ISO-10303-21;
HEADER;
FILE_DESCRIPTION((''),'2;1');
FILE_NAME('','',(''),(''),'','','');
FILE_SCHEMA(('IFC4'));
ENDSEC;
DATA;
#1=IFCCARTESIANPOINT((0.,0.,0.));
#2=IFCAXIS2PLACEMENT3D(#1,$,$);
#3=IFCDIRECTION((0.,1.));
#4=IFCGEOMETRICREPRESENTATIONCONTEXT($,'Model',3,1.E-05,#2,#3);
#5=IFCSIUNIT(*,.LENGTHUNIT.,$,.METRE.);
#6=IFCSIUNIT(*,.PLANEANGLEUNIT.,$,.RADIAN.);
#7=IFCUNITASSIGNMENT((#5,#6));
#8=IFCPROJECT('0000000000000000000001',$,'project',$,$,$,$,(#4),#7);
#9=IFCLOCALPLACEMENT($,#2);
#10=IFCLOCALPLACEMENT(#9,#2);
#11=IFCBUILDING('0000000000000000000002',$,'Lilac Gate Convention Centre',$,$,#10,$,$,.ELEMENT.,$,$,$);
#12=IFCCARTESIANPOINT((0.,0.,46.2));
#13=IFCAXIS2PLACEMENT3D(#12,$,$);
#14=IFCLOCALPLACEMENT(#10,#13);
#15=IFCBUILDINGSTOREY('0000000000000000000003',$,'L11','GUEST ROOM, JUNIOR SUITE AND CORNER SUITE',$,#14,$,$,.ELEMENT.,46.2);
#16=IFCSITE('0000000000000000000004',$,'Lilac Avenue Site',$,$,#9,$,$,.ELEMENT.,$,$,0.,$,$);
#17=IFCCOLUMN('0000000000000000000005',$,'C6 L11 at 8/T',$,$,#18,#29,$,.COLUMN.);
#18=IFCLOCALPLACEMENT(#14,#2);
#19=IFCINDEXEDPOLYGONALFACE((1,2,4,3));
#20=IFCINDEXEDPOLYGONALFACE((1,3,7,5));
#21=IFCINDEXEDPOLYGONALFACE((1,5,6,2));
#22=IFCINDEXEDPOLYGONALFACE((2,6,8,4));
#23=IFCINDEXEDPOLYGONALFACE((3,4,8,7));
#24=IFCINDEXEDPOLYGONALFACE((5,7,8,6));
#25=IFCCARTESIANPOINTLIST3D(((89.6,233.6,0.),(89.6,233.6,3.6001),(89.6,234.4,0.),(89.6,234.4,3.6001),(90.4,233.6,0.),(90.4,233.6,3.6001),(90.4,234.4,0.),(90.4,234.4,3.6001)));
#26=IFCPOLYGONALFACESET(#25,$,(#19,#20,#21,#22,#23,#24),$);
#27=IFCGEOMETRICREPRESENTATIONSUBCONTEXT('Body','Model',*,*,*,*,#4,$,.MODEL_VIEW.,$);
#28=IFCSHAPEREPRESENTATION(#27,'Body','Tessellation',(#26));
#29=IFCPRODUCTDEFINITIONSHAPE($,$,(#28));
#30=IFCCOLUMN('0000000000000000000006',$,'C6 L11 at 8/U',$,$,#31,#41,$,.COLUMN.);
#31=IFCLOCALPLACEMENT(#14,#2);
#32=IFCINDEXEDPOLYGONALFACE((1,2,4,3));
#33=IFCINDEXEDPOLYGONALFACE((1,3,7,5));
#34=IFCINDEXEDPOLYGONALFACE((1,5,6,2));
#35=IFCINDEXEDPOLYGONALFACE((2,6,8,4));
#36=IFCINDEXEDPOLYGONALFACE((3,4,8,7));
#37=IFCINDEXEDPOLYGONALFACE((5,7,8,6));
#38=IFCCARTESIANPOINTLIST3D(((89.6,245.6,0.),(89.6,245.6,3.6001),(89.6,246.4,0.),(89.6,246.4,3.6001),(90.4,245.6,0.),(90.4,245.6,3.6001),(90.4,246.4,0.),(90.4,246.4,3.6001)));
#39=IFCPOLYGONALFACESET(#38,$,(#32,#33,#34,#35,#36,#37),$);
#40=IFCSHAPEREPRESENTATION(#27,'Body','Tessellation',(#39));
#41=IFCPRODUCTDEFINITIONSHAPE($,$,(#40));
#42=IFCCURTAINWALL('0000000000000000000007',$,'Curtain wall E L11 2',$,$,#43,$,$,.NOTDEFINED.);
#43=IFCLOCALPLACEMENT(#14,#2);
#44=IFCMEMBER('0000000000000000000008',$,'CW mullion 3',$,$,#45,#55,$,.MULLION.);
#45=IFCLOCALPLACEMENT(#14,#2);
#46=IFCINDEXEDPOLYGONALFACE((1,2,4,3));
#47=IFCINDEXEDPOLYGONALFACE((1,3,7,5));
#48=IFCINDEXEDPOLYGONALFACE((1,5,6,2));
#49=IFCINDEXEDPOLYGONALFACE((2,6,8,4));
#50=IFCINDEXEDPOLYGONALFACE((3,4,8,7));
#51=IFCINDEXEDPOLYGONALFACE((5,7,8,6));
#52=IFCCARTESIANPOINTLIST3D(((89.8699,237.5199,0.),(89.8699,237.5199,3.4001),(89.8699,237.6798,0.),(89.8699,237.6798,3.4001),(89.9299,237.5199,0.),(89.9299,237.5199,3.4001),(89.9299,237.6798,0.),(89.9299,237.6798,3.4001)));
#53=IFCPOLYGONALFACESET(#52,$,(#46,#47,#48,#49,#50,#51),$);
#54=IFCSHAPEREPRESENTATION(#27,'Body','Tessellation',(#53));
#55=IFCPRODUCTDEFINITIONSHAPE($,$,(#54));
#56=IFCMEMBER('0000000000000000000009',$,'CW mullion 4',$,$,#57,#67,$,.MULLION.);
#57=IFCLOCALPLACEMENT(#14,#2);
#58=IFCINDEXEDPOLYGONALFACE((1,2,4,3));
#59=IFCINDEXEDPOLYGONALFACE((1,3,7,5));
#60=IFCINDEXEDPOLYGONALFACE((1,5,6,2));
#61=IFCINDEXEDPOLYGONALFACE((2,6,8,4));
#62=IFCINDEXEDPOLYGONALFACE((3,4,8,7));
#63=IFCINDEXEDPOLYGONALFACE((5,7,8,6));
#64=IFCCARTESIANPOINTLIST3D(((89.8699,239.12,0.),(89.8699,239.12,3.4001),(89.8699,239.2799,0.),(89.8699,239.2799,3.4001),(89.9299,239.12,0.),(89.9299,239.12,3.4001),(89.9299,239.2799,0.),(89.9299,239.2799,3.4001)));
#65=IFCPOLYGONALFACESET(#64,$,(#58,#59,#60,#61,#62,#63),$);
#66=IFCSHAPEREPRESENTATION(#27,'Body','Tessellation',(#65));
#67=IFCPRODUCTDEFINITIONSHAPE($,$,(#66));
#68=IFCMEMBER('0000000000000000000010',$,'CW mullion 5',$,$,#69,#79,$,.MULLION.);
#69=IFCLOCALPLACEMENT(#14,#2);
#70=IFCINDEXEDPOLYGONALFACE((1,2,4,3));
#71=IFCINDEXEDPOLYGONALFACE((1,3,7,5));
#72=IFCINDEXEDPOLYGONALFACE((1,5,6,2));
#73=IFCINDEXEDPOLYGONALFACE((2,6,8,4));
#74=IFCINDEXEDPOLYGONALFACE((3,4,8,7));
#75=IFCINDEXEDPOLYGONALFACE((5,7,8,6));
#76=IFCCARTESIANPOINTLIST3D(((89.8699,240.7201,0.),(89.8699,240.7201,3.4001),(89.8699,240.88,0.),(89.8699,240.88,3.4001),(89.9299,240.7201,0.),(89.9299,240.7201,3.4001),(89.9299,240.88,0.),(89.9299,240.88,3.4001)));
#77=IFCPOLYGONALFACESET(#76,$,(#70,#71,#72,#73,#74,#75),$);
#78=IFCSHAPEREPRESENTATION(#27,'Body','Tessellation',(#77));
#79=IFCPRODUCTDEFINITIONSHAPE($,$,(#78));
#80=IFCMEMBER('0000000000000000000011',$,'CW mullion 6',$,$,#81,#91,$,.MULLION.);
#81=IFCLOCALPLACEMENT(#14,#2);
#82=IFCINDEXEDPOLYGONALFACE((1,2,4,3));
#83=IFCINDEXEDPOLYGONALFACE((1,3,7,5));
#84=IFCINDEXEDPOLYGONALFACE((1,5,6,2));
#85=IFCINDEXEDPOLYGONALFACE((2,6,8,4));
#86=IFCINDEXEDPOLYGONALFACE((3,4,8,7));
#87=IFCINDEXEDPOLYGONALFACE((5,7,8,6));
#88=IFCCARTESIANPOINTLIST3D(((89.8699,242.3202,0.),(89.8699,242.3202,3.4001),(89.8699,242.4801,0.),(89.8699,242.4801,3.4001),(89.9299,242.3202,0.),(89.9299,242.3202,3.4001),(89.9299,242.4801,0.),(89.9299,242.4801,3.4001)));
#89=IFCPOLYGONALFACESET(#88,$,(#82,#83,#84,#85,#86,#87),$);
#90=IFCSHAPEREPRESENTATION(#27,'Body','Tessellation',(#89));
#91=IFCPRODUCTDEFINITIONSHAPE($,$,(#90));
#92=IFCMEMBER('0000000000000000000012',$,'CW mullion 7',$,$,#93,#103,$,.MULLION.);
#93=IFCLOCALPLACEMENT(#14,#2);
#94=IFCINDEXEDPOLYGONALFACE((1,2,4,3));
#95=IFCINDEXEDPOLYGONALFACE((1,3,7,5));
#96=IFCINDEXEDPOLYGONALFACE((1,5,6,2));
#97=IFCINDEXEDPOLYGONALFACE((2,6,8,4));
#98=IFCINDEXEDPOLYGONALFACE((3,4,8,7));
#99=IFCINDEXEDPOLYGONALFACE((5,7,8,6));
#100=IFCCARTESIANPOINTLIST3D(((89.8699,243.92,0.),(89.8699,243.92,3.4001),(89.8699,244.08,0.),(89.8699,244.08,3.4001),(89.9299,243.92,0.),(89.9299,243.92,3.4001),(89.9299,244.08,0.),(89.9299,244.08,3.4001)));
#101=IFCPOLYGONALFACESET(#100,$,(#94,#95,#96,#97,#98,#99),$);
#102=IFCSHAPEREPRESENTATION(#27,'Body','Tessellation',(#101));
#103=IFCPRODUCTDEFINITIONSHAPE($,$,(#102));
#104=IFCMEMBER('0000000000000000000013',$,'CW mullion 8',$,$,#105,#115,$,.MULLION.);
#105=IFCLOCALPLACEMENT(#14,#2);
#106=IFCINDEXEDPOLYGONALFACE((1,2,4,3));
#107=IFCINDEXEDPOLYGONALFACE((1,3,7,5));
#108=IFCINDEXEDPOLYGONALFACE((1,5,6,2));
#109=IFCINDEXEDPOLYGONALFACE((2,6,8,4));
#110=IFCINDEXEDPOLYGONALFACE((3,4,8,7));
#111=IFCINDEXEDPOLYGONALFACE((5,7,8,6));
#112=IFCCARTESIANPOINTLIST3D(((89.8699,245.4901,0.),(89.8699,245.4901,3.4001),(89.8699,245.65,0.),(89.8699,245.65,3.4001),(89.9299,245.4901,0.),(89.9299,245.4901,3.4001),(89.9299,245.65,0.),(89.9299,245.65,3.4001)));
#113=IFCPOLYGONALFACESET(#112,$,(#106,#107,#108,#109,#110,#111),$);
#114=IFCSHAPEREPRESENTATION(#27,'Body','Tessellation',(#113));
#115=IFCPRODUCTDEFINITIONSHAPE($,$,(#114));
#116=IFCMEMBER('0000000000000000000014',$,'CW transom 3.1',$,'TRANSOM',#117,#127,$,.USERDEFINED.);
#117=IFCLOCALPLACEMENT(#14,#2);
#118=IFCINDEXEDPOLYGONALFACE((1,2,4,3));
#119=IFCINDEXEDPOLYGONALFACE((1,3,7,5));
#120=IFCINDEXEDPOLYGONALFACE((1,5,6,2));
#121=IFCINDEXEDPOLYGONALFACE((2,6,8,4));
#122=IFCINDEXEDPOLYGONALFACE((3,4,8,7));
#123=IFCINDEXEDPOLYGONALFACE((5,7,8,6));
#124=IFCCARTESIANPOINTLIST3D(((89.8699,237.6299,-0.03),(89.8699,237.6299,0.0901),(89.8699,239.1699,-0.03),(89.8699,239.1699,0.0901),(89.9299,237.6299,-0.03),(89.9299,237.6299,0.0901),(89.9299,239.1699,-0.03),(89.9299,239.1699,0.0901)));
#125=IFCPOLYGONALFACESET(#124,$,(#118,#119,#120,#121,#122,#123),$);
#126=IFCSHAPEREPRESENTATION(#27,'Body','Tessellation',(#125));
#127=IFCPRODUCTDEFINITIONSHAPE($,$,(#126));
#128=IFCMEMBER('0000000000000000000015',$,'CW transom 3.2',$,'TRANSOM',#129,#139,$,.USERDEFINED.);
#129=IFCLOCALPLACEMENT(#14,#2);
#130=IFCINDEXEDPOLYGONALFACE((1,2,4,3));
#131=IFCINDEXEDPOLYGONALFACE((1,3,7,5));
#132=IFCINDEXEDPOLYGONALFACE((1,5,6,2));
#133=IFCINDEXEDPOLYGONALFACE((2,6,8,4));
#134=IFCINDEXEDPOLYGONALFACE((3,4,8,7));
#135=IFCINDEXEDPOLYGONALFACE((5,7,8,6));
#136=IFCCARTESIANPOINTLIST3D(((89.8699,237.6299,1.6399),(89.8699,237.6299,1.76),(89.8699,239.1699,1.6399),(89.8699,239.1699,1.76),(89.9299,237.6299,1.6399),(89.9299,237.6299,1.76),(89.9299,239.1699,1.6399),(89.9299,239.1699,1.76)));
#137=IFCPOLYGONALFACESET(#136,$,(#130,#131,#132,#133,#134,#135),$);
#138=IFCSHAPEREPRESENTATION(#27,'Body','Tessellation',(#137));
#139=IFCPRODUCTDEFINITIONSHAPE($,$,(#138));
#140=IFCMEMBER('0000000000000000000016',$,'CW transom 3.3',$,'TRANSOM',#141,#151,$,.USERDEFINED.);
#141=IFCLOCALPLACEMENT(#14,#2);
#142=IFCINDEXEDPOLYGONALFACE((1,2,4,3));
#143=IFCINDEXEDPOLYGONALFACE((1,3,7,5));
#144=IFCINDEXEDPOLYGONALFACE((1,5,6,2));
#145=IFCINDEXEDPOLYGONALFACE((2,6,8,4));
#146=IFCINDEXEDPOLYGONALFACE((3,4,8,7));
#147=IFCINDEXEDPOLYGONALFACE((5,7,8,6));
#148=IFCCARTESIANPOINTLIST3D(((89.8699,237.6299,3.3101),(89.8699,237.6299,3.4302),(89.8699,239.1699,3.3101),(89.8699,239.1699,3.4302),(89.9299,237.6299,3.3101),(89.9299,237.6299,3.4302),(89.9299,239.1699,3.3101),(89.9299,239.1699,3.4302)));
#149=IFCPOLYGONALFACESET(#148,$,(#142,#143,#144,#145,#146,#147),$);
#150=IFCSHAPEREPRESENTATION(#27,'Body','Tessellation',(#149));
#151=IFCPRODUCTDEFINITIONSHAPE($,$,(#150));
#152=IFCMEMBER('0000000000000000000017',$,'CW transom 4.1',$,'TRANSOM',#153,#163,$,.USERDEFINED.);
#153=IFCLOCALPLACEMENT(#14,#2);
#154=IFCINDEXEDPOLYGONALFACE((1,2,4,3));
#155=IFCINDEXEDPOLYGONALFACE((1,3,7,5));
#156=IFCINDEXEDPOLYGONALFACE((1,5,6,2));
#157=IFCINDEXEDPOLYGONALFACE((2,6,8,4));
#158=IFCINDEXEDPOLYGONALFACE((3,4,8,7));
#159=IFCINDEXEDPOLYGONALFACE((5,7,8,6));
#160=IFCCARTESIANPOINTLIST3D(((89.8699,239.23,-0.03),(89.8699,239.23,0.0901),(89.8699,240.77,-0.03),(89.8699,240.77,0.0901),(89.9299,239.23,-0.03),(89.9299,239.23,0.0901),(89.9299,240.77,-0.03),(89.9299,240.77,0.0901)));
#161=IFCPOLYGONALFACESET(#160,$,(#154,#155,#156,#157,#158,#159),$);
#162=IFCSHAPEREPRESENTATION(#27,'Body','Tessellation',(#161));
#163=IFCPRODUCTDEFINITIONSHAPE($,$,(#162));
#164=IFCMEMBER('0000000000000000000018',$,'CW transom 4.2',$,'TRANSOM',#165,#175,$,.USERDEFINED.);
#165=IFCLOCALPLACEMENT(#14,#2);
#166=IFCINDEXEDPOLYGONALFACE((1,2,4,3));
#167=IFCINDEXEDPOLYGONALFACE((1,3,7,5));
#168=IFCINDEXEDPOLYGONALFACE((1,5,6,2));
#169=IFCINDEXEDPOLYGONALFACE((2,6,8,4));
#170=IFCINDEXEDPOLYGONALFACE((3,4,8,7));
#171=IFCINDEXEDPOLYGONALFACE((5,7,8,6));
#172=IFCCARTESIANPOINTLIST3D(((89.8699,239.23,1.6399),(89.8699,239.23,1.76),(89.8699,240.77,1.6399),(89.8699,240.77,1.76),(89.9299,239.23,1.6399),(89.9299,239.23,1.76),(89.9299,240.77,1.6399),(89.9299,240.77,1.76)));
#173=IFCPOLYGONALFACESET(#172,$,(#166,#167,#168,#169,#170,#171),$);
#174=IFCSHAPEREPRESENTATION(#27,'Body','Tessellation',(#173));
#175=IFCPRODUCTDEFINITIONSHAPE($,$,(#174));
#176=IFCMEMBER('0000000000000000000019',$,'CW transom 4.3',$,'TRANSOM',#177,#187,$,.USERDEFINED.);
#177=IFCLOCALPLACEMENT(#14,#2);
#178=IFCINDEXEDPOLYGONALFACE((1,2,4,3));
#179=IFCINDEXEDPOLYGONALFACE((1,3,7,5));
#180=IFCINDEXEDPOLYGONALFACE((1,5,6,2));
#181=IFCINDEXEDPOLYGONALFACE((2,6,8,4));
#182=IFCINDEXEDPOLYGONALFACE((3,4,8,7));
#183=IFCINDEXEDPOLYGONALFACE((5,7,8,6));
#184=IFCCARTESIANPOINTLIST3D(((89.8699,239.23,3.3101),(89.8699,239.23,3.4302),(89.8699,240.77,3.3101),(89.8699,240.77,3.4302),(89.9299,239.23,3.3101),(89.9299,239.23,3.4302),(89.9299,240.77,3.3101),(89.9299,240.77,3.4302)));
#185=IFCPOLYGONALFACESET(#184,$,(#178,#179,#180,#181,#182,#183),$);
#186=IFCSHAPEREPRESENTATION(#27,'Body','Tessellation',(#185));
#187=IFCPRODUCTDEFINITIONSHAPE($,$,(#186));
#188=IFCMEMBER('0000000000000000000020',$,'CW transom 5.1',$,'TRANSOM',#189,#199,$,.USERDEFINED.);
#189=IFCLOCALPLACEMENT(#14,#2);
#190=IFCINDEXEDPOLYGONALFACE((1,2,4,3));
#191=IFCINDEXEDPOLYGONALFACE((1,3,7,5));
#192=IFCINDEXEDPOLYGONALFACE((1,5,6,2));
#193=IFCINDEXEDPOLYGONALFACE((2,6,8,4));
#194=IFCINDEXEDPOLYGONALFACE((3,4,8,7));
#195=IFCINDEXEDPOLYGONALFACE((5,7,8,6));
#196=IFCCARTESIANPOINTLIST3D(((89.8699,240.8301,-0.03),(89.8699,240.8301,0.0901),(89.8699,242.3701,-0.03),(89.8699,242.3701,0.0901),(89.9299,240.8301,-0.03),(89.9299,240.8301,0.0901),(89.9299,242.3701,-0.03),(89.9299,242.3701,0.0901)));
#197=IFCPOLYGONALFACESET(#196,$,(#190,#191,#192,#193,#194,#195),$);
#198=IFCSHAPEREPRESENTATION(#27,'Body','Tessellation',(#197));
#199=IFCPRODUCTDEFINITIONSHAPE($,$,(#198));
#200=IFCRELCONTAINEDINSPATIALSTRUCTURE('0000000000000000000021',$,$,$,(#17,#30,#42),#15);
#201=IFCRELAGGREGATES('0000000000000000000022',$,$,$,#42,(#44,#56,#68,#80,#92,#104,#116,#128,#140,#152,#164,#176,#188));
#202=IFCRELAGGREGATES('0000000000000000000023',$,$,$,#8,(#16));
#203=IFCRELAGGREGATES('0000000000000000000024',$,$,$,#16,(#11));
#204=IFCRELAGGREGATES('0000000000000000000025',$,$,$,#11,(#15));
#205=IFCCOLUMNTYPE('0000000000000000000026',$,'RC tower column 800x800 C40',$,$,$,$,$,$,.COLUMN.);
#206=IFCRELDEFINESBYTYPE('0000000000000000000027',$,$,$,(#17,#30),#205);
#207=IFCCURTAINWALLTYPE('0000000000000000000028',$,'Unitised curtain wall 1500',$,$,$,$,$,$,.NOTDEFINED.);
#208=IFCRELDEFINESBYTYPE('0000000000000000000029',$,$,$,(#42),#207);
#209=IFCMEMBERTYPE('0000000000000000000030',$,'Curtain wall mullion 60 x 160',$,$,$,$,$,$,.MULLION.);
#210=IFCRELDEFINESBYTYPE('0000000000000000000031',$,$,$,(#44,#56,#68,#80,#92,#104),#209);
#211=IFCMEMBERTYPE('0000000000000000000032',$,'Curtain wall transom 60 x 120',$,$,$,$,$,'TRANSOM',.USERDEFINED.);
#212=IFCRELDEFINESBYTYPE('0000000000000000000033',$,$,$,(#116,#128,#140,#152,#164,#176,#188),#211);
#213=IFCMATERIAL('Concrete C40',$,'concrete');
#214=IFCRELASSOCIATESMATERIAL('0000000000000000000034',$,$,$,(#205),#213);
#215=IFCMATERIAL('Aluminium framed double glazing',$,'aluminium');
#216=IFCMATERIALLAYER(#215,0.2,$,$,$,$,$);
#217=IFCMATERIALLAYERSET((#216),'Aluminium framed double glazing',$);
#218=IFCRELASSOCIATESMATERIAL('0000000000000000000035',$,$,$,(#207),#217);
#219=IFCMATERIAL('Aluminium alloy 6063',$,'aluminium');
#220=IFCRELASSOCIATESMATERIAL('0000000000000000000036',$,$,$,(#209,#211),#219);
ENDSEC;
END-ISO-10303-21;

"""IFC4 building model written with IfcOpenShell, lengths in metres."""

from ifc_helpers import new_model, si_unit, direction, frame, origin, origin_2d, place, context, subcontext, project, spatial, rectangle, extrude, material, layer, layer_set, material_profile, profile_set, type_object, element, aggregate, save


model = new_model("IFC4")

# Units and contexts
model_context = context("Model", 3, precision=1e-05, world=origin(), true_north=direction((0.0, 1.0)))
body_context = subcontext(model_context, "Body", "Model", "MODEL_VIEW")
ifc_project = project(units=[si_unit("LENGTHUNIT", "METRE"), si_unit("PLANEANGLEUNIT", "RADIAN")], contexts=[model_context])

# Site, building, storey
site_placement = place(None, origin())
site = spatial("IfcSite", under=ifc_project, at=site_placement, Name="Lilac Avenue Site", CompositionType="ELEMENT", RefElevation=0.0)
building_placement = place(site_placement, origin())
building = spatial("IfcBuilding", under=site, at=building_placement, Name="Lilac Gate Convention Centre", CompositionType="ELEMENT")
storey_placement = place(building_placement, frame((0.0, 0.0, 46.2)))
storey = spatial("IfcBuildingStorey", under=building, at=storey_placement, Name="L11", Description="GUEST ROOM, JUNIOR SUITE AND CORNER SUITE", CompositionType="ELEMENT", Elevation=46.2)

# Columns
ifc_material_1 = material(Name="Concrete C40", Category="concrete")
ifc_material_profile_1 = material_profile(ifc_material_1, rectangle(XDim=0.8, YDim=0.8, at=origin_2d()), Name="RC 800x800")
ifc_profile_set_1 = profile_set([ifc_material_profile_1], Name="Concrete C40")
column_type = type_object("IfcColumnType", Name="RC tower column 800x800 C40", PredefinedType="COLUMN", material=ifc_profile_set_1)
for number, where, z_axis, x_axis, name in (
    (1, (90.0, 234.0, 0.0), (0.0, 0.0, 1.0), (1.0, 0.0, 0.0), "C6 L11 at 8/T"),
    (2, (90.0, 246.0, 0.0), (0.0, 0.0, 1.0), (1.0, 0.0, 0.0), "C6 L11 at 8/U"),
):
    element("IfcColumn", number, at=place(storey_placement, frame(where, z_axis=z_axis, x_axis=x_axis)), inside=storey, type_object=column_type, Name=name, PredefinedType="COLUMN", context=body_context, shape_type="SweptSolid", body=[
        extrude(rectangle(XDim=0.8, YDim=0.8, at=origin_2d()), origin(), (0.0, 0.0, 1.0), 3.6001),
    ])

# Curtain wall, members
ifc_material_2 = material(Name="Aluminium framed double glazing", Category="aluminium")
ifc_layer_1 = layer(ifc_material_2, 0.2)
ifc_layer_set_1 = layer_set([ifc_layer_1], Name="Aluminium framed double glazing")
curtain_wall_type = type_object("IfcCurtainWallType", Name="Unitised curtain wall 1500", PredefinedType="NOTDEFINED", material=ifc_layer_set_1)
curtain_wall_placement = place(storey_placement, origin())
curtain_wall = element("IfcCurtainWall", 3, at=curtain_wall_placement, inside=storey, type_object=curtain_wall_type, Name="Curtain wall E L11 2", PredefinedType="NOTDEFINED")
ifc_material_3 = material(Name="Aluminium alloy 6063", Category="aluminium")
ifc_material_profile_2 = material_profile(ifc_material_3, rectangle(XDim=0.0601, YDim=0.1599, at=origin_2d()), Name="Curtain wall mullion 60 x 160")
ifc_profile_set_2 = profile_set([ifc_material_profile_2], Name="Aluminium alloy 6063")
member_type_1 = type_object("IfcMemberType", Name="Curtain wall mullion 60 x 160", PredefinedType="MULLION", material=ifc_profile_set_2)
member_1_placement = place(storey_placement, frame((89.8999, 237.5999, 0.0), z_axis=(0.0, 0.0, 1.0), x_axis=(-1.0, 0.0, 0.0)))
member_1 = element("IfcMember", 4, at=member_1_placement, type_object=member_type_1, Name="CW mullion 3", PredefinedType="MULLION", context=body_context, shape_type="SweptSolid", body=[
    extrude(rectangle(XDim=0.0601, YDim=0.1599, at=origin_2d()), origin(), (0.0, 0.0, 1.0), 3.4001),
])
member_2_placement = place(storey_placement, frame((89.8999, 239.2, 0.0), z_axis=(0.0, 0.0, 1.0), x_axis=(-1.0, 0.0, 0.0)))
member_2 = element("IfcMember", 5, at=member_2_placement, type_object=member_type_1, Name="CW mullion 4", PredefinedType="MULLION", context=body_context, shape_type="SweptSolid", body=[
    extrude(rectangle(XDim=0.0601, YDim=0.1599, at=origin_2d()), origin(), (0.0, 0.0, 1.0), 3.4001),
])
member_3_placement = place(storey_placement, frame((89.8999, 240.8, 0.0), z_axis=(0.0, 0.0, 1.0), x_axis=(-1.0, 0.0, 0.0)))
member_3 = element("IfcMember", 6, at=member_3_placement, type_object=member_type_1, Name="CW mullion 5", PredefinedType="MULLION", context=body_context, shape_type="SweptSolid", body=[
    extrude(rectangle(XDim=0.0601, YDim=0.1599, at=origin_2d()), origin(), (0.0, 0.0, 1.0), 3.4001),
])
member_4_placement = place(storey_placement, frame((89.8999, 242.4001, 0.0), z_axis=(0.0, 0.0, 1.0), x_axis=(-1.0, 0.0, 0.0)))
member_4 = element("IfcMember", 7, at=member_4_placement, type_object=member_type_1, Name="CW mullion 6", PredefinedType="MULLION", context=body_context, shape_type="SweptSolid", body=[
    extrude(rectangle(XDim=0.0601, YDim=0.1599, at=origin_2d()), origin(), (0.0, 0.0, 1.0), 3.4001),
])
member_5_placement = place(storey_placement, frame((89.8999, 244.0, 0.0), z_axis=(0.0, 0.0, 1.0), x_axis=(-1.0, 0.0, 0.0)))
member_5 = element("IfcMember", 8, at=member_5_placement, type_object=member_type_1, Name="CW mullion 7", PredefinedType="MULLION", context=body_context, shape_type="SweptSolid", body=[
    extrude(rectangle(XDim=0.0601, YDim=0.1599, at=origin_2d()), origin(), (0.0, 0.0, 1.0), 3.4001),
])
member_6_placement = place(storey_placement, frame((89.8999, 245.5701, 0.0), z_axis=(0.0, 0.0, 1.0), x_axis=(-1.0, 0.0, 0.0)))
member_6 = element("IfcMember", 9, at=member_6_placement, type_object=member_type_1, Name="CW mullion 8", PredefinedType="MULLION", context=body_context, shape_type="SweptSolid", body=[
    extrude(rectangle(XDim=0.0601, YDim=0.1599, at=origin_2d()), origin(), (0.0, 0.0, 1.0), 3.4001),
])
ifc_material_profile_3 = material_profile(ifc_material_3, rectangle(XDim=0.0601, YDim=0.1201, at=origin_2d()), Name="Curtain wall transom 60 x 120")
ifc_profile_set_3 = profile_set([ifc_material_profile_3], Name="Aluminium alloy 6063")
member_type_2 = type_object("IfcMemberType", Name="Curtain wall transom 60 x 120", ElementType="TRANSOM", PredefinedType="USERDEFINED", material=ifc_profile_set_3)
member_7_placement = place(storey_placement, frame((89.8999, 237.6299, 0.03), z_axis=(0.0, 1.0, 0.0), x_axis=(-1.0, 0.0, 0.0)))
member_7 = element("IfcMember", 10, at=member_7_placement, type_object=member_type_2, Name="CW transom 3.1", ObjectType="TRANSOM", PredefinedType="USERDEFINED", context=body_context, shape_type="SweptSolid", body=[
    extrude(rectangle(XDim=0.0601, YDim=0.1201, at=origin_2d()), origin(), (0.0, 0.0, 1.0), 1.54),
])
member_8_placement = place(storey_placement, frame((89.8999, 237.6299, 1.7), z_axis=(0.0, 1.0, 0.0), x_axis=(-1.0, 0.0, 0.0)))
member_8 = element("IfcMember", 11, at=member_8_placement, type_object=member_type_2, Name="CW transom 3.2", ObjectType="TRANSOM", PredefinedType="USERDEFINED", context=body_context, shape_type="SweptSolid", body=[
    extrude(rectangle(XDim=0.0601, YDim=0.1201, at=origin_2d()), origin(), (0.0, 0.0, 1.0), 1.54),
])
member_9_placement = place(storey_placement, frame((89.8999, 237.6299, 3.3701), z_axis=(0.0, 1.0, 0.0), x_axis=(-1.0, 0.0, 0.0)))
member_9 = element("IfcMember", 12, at=member_9_placement, type_object=member_type_2, Name="CW transom 3.3", ObjectType="TRANSOM", PredefinedType="USERDEFINED", context=body_context, shape_type="SweptSolid", body=[
    extrude(rectangle(XDim=0.0601, YDim=0.1201, at=origin_2d()), origin(), (0.0, 0.0, 1.0), 1.54),
])
member_10_placement = place(storey_placement, frame((89.8999, 239.23, 0.03), z_axis=(0.0, 1.0, 0.0), x_axis=(-1.0, 0.0, 0.0)))
member_10 = element("IfcMember", 13, at=member_10_placement, type_object=member_type_2, Name="CW transom 4.1", ObjectType="TRANSOM", PredefinedType="USERDEFINED", context=body_context, shape_type="SweptSolid", body=[
    extrude(rectangle(XDim=0.0601, YDim=0.1201, at=origin_2d()), origin(), (0.0, 0.0, 1.0), 1.54),
])
member_11_placement = place(storey_placement, frame((89.8999, 239.23, 1.7), z_axis=(0.0, 1.0, 0.0), x_axis=(-1.0, 0.0, 0.0)))
member_11 = element("IfcMember", 14, at=member_11_placement, type_object=member_type_2, Name="CW transom 4.2", ObjectType="TRANSOM", PredefinedType="USERDEFINED", context=body_context, shape_type="SweptSolid", body=[
    extrude(rectangle(XDim=0.0601, YDim=0.1201, at=origin_2d()), origin(), (0.0, 0.0, 1.0), 1.54),
])
member_12_placement = place(storey_placement, frame((89.8999, 239.23, 3.3701), z_axis=(0.0, 1.0, 0.0), x_axis=(-1.0, 0.0, 0.0)))
member_12 = element("IfcMember", 15, at=member_12_placement, type_object=member_type_2, Name="CW transom 4.3", ObjectType="TRANSOM", PredefinedType="USERDEFINED", context=body_context, shape_type="SweptSolid", body=[
    extrude(rectangle(XDim=0.0601, YDim=0.1201, at=origin_2d()), origin(), (0.0, 0.0, 1.0), 1.54),
])
member_13_placement = place(storey_placement, frame((89.8999, 240.8301, 0.03), z_axis=(0.0, 1.0, 0.0), x_axis=(-1.0, 0.0, 0.0)))
member_13 = element("IfcMember", 16, at=member_13_placement, type_object=member_type_2, Name="CW transom 5.1", ObjectType="TRANSOM", PredefinedType="USERDEFINED", context=body_context, shape_type="SweptSolid", body=[
    extrude(rectangle(XDim=0.0601, YDim=0.1201, at=origin_2d()), origin(), (0.0, 0.0, 1.0), 1.54),
])

aggregate(curtain_wall, [member_1, member_2, member_3, member_4, member_5, member_6, member_7, member_8, member_9, member_10, member_11, member_12, member_13])

save(model, "model.ifc")
